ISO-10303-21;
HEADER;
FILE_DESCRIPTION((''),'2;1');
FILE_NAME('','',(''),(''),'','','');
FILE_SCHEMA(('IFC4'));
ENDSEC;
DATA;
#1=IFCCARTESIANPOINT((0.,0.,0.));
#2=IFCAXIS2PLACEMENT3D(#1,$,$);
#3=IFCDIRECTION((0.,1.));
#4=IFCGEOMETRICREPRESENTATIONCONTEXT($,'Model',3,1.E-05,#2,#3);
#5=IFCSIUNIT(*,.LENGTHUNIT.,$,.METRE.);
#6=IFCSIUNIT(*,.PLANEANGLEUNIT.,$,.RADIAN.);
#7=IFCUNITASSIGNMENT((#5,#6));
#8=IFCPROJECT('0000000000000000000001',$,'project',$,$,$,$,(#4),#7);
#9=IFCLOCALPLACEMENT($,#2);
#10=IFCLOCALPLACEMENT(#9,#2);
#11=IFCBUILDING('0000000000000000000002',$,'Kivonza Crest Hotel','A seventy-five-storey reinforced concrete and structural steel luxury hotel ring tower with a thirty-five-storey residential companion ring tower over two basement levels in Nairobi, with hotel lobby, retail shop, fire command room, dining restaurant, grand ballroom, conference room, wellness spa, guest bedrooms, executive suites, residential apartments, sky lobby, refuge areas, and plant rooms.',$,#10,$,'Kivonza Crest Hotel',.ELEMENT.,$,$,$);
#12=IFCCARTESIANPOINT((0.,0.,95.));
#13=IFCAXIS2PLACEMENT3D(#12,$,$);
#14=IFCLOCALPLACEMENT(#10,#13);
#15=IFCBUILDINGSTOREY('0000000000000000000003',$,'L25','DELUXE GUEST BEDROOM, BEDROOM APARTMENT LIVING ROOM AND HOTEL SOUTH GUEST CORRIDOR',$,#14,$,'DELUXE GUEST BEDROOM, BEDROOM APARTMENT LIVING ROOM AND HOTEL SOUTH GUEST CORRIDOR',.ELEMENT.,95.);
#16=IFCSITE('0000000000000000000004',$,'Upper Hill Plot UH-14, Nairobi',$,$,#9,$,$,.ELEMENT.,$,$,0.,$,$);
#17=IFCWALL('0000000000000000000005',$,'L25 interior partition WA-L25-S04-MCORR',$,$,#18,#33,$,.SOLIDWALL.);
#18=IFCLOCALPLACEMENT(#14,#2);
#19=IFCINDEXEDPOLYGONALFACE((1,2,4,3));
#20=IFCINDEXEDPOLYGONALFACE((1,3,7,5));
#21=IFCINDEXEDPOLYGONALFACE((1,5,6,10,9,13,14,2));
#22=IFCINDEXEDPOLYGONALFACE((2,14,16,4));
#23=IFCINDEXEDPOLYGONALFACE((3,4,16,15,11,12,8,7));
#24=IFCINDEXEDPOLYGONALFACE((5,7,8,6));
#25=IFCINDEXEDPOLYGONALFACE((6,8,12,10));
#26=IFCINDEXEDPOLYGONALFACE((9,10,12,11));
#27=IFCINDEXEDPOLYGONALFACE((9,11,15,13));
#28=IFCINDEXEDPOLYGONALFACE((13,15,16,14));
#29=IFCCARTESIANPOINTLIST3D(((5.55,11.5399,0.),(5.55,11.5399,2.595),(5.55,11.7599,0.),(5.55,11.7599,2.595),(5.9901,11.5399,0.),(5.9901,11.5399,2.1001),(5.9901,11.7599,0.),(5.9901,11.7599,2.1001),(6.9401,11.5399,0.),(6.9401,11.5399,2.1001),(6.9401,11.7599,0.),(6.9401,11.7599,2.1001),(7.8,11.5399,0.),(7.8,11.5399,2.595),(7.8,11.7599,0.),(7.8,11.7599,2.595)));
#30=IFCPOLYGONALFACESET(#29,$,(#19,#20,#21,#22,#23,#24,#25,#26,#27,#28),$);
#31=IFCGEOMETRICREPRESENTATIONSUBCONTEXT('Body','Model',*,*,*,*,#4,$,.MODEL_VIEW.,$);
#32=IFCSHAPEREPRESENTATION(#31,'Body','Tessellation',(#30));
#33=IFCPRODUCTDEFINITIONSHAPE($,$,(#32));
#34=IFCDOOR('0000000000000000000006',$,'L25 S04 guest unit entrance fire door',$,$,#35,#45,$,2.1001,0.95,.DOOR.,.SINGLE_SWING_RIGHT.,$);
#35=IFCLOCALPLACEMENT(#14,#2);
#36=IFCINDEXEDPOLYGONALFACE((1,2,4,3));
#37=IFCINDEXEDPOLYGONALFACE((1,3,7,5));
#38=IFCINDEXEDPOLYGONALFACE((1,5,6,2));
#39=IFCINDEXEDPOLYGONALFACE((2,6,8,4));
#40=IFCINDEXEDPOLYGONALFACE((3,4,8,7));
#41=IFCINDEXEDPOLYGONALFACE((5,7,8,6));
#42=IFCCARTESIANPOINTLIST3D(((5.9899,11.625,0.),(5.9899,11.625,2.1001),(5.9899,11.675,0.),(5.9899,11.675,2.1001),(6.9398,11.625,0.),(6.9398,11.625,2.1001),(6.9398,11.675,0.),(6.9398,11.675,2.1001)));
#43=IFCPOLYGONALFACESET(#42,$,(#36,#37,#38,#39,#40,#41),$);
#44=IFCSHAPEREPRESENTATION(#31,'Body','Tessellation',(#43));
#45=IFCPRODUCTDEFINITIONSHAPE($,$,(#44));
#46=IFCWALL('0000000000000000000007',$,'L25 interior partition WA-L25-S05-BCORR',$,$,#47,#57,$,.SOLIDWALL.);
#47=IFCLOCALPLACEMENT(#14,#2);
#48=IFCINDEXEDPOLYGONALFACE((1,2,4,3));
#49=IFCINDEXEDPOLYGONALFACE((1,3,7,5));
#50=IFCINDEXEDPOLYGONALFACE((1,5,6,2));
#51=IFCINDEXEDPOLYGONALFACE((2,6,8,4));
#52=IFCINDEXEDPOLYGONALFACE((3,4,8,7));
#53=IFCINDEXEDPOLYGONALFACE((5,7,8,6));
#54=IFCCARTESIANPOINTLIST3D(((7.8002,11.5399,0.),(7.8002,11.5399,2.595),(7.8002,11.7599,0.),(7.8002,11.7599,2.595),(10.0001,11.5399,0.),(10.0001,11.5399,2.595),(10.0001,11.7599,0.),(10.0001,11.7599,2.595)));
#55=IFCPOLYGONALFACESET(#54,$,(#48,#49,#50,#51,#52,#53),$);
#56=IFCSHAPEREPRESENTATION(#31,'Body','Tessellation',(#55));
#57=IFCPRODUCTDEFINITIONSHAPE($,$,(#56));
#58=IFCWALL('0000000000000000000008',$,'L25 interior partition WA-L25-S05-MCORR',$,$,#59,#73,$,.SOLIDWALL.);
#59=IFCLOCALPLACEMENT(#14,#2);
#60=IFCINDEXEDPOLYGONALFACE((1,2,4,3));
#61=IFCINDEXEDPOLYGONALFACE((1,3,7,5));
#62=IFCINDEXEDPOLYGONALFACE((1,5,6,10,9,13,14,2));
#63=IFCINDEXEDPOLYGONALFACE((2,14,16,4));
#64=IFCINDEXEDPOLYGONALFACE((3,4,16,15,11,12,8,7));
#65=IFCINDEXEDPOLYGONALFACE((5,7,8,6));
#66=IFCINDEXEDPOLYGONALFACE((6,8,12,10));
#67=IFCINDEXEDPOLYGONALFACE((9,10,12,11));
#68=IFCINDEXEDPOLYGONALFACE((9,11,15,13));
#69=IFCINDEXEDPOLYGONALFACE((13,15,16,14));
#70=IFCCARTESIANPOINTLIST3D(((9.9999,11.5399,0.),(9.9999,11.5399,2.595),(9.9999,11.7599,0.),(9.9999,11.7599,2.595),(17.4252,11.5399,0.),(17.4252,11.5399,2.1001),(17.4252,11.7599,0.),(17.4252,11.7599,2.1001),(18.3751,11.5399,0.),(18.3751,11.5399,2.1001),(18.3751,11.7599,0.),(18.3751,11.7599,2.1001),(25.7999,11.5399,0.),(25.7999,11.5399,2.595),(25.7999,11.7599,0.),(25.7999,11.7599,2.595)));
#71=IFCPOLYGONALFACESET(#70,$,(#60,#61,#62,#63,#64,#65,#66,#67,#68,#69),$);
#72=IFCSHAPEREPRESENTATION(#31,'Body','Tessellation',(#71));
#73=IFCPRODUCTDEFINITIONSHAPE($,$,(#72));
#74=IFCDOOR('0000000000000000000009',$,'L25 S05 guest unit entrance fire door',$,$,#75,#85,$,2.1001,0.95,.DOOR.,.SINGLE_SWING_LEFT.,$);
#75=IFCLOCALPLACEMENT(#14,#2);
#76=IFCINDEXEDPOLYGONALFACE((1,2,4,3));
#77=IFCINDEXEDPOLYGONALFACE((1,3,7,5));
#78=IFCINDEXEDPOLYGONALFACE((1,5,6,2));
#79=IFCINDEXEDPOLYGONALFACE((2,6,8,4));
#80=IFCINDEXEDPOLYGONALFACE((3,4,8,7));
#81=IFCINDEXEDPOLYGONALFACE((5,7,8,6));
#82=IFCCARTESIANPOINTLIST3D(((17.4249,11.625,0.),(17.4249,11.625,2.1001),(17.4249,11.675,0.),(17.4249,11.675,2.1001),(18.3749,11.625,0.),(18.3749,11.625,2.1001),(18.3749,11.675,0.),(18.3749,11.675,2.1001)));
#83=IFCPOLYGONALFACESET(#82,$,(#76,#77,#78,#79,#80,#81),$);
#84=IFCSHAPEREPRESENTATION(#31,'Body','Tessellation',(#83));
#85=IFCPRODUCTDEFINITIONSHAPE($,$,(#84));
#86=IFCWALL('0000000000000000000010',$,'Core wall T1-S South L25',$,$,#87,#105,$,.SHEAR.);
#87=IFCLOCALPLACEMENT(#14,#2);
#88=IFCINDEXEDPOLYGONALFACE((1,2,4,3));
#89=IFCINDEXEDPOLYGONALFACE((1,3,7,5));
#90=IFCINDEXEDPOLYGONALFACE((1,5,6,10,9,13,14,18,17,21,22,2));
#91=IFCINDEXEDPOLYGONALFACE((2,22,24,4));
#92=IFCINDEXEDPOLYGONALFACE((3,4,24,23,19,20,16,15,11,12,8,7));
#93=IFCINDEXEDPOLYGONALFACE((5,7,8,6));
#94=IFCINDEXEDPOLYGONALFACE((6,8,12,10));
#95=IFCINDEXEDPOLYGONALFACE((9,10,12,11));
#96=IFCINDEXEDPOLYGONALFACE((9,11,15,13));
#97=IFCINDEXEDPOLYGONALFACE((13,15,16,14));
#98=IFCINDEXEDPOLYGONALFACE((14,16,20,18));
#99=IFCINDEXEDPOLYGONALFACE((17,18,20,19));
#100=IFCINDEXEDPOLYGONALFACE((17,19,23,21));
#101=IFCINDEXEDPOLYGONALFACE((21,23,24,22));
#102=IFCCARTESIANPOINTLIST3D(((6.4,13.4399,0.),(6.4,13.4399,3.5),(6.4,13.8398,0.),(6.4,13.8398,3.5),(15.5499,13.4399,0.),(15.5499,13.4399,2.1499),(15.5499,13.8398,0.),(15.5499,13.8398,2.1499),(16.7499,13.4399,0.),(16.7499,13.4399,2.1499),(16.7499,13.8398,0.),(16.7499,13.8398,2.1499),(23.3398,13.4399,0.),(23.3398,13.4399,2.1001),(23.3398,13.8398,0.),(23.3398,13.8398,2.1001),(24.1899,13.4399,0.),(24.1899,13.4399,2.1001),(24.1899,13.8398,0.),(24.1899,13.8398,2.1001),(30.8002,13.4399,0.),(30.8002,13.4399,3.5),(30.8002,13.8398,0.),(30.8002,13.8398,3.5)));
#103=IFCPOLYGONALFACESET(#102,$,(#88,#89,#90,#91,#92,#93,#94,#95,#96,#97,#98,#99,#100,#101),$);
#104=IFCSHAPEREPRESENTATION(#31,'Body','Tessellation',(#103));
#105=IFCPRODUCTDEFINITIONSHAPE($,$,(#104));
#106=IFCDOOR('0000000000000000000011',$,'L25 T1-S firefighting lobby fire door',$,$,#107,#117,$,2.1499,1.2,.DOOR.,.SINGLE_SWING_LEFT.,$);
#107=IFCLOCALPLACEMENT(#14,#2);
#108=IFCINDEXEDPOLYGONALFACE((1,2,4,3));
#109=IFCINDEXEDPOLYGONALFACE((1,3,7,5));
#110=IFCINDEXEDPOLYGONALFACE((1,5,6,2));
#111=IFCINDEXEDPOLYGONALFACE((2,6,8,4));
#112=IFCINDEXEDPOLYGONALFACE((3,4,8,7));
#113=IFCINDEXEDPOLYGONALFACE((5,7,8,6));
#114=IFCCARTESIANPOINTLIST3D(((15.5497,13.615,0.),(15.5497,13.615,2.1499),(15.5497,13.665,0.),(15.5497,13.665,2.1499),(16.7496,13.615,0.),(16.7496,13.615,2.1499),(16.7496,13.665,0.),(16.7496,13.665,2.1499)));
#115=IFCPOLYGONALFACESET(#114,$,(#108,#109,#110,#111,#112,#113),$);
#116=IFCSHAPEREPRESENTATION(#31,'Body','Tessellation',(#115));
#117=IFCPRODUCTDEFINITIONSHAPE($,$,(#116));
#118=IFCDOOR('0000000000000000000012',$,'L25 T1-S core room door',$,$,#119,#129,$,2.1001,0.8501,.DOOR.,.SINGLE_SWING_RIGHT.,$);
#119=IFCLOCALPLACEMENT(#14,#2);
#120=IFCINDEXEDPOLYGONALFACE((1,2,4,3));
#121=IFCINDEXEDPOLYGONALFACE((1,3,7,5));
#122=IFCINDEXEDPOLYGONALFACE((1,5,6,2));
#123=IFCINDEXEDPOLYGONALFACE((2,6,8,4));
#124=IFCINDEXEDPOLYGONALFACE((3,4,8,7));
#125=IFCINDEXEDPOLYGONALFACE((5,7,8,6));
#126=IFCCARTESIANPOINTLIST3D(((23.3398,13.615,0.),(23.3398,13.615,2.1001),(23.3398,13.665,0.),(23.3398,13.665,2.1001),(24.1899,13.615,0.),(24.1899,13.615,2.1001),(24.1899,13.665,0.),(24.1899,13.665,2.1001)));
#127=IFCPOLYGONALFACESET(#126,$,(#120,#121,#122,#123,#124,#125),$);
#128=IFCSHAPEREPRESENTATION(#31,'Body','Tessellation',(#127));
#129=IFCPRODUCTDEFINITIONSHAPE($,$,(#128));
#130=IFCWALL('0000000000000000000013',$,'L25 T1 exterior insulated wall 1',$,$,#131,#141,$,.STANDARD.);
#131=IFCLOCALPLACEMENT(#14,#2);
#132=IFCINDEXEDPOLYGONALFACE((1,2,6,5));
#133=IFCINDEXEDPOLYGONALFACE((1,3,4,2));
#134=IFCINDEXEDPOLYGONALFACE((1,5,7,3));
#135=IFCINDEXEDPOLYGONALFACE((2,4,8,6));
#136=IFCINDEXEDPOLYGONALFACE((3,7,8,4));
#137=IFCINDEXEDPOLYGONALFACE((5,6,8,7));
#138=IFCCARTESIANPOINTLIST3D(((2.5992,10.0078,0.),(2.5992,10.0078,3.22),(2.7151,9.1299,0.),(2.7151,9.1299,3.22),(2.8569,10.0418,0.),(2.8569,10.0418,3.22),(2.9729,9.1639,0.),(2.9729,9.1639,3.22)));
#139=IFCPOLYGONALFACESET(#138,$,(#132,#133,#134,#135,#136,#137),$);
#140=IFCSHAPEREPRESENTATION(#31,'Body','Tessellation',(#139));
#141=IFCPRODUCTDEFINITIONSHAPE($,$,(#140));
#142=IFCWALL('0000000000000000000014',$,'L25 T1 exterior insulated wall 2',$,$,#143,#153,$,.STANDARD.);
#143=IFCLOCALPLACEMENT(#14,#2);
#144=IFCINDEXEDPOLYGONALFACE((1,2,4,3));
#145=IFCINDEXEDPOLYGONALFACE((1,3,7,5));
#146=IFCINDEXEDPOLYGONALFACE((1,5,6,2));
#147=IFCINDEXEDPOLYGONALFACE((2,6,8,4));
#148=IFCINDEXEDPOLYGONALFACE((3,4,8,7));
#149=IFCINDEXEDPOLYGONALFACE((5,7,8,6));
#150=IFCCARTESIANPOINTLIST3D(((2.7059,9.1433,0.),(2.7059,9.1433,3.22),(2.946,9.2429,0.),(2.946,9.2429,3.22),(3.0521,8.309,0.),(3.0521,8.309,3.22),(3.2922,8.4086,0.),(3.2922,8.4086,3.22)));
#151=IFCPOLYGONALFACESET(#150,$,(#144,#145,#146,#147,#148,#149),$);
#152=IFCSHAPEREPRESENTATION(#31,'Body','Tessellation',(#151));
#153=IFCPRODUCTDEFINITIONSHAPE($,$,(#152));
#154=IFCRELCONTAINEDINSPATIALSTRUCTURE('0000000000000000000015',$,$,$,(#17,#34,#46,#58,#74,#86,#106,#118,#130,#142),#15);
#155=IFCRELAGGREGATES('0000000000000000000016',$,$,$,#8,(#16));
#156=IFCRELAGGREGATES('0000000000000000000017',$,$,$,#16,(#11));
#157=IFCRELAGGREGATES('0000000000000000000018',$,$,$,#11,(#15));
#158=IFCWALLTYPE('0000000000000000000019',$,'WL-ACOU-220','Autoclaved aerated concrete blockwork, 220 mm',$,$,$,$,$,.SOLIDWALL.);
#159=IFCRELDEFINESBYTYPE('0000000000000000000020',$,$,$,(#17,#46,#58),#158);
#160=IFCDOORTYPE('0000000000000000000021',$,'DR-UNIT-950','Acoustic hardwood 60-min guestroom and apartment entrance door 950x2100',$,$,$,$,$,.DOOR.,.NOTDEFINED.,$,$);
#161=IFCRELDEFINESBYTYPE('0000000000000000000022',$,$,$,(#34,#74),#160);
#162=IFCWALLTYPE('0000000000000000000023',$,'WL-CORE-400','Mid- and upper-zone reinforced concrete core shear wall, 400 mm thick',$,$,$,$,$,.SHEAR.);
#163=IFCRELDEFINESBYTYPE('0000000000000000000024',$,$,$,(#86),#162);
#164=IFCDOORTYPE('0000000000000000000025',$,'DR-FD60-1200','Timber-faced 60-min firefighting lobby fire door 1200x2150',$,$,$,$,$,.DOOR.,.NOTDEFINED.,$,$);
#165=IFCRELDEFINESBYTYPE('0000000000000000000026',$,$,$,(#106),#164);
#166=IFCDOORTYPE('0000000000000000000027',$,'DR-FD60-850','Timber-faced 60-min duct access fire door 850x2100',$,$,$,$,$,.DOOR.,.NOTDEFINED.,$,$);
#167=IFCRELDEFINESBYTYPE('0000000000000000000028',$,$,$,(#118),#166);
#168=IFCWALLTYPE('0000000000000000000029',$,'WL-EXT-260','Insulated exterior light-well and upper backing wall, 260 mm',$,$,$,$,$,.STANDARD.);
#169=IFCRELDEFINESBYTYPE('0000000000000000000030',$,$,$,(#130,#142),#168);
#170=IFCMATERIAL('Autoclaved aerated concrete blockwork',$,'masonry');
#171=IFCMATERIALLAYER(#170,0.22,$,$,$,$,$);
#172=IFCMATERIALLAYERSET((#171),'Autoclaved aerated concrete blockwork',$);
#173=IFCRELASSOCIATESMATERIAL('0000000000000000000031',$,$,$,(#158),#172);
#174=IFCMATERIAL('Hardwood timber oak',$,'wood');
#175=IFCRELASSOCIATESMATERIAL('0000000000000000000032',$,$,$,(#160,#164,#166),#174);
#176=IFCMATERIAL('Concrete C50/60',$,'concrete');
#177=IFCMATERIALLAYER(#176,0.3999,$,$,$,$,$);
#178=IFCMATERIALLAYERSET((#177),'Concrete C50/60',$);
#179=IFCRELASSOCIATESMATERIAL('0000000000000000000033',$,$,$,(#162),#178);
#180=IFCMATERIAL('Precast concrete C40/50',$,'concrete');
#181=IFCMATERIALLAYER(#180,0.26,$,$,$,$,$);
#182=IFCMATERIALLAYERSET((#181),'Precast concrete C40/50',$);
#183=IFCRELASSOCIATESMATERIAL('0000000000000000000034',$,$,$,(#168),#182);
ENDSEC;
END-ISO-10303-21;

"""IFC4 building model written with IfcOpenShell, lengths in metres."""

from ifc_helpers import new_model, si_unit, direction, frame, frame_2d, origin, place, context, subcontext, project, spatial, rectangle, extrude, material, layer, layer_set, type_object, element, fill, save


model = new_model("IFC4")

# Units and contexts
model_context = context("Model", 3, precision=1e-05, world=origin(), true_north=direction((0.0, 1.0)))
body_context = subcontext(model_context, "Body", "Model", "MODEL_VIEW")
ifc_project = project(units=[si_unit("LENGTHUNIT", "METRE"), si_unit("PLANEANGLEUNIT", "RADIAN")], contexts=[model_context])

# Site, building, storey
site_placement = place(None, origin())
site = spatial("IfcSite", under=ifc_project, at=site_placement, Name="Upper Hill Plot UH-14, Nairobi", CompositionType="ELEMENT", RefElevation=0.0)
building_placement = place(site_placement, origin())
building = spatial("IfcBuilding", under=site, at=building_placement, Name="Kivonza Crest Hotel", Description="A seventy-five-storey reinforced concrete and structural steel luxury hotel ring tower with a thirty-five-storey residential companion ring tower over two basement levels in Nairobi, with hotel lobby, retail shop, fire command room, dining restaurant, grand ballroom, conference room, wellness spa, guest bedrooms, executive suites, residential apartments, sky lobby, refuge areas, and plant rooms.", LongName="Kivonza Crest Hotel", CompositionType="ELEMENT")
storey_placement = place(building_placement, frame((0.0, 0.0, 95.0)))
storey = spatial("IfcBuildingStorey", under=building, at=storey_placement, Name="L25", Description="DELUXE GUEST BEDROOM, BEDROOM APARTMENT LIVING ROOM AND HOTEL SOUTH GUEST CORRIDOR", LongName="DELUXE GUEST BEDROOM, BEDROOM APARTMENT LIVING ROOM AND HOTEL SOUTH GUEST CORRIDOR", CompositionType="ELEMENT", Elevation=95.0)

# Shared definitions
ifc_material_1 = material(Name="Autoclaved aerated concrete blockwork", Category="masonry")
ifc_layer_1 = layer(ifc_material_1, 0.22)
ifc_layer_set_1 = layer_set([ifc_layer_1], Name="Autoclaved aerated concrete blockwork")
wall_type_1 = type_object("IfcWallType", Name="WL-ACOU-220", Description="Autoclaved aerated concrete blockwork, 220 mm", PredefinedType="SOLIDWALL", material=ifc_layer_set_1)

# Wall, opening, door
wall_1_placement = place(storey_placement, frame((5.55, 11.6499, 0.0), z_axis=(0.0, 0.0, 1.0), x_axis=(1.0, 0.0, 0.0)))
wall_1 = element("IfcWall", 1, at=wall_1_placement, inside=storey, type_object=wall_type_1, Name="L25 interior partition WA-L25-S04-MCORR", PredefinedType="SOLIDWALL", context=body_context, shape_type="SweptSolid", body=[
    extrude(rectangle(XDim=2.25, YDim=0.22, at=frame_2d((1.125, 0.0))), origin(), (0.0, 0.0, 1.0), 2.595),
])
opening_1_placement = place(wall_1_placement, frame((0.4399, 0.0, 0.0)))
opening_1 = element("IfcOpeningElement", 2, at=opening_1_placement, cuts=wall_1, PredefinedType="OPENING", context=body_context, shape_type="SweptSolid", body=[
    extrude(rectangle(XDim=0.95, YDim=2.1001, at=frame_2d((0.4751, 1.05))), frame((0.0, 0.1201, 0.0), z_axis=(0.0, -1.0, 0.0), x_axis=(1.0, 0.0, 0.0)), (0.0, 0.0, 1.0), 0.24),
])
ifc_material_2 = material(Name="Hardwood timber oak", Category="wood")
door_type_1 = type_object("IfcDoorType", Name="DR-UNIT-950", Description="Acoustic hardwood 60-min guestroom and apartment entrance door 950x2100", OperationType="NOTDEFINED", PredefinedType="DOOR", material=ifc_material_2)
door_1_placement = place(opening_1_placement, frame((0.95, 0.0, 0.0), z_axis=(0.0, 0.0, 1.0), x_axis=(-1.0, 0.0, 0.0)))
door_1 = element("IfcDoor", 3, at=door_1_placement, inside=storey, type_object=door_type_1, Name="L25 S04 guest unit entrance fire door", OperationType="SINGLE_SWING_RIGHT", OverallHeight=2.1001, OverallWidth=0.95, PredefinedType="DOOR", context=body_context, shape_type="SweptSolid", body=[
    extrude(rectangle(XDim=0.95, YDim=2.1001, at=frame_2d((0.4751, 1.05))), frame((0.0, 0.0249, 0.0), z_axis=(0.0, -1.0, 0.0), x_axis=(1.0, 0.0, 0.0)), (0.0, 0.0, 1.0), 0.05),
])
fill(opening_1, door_1)

# Wall
wall_2_placement = place(storey_placement, frame((7.8, 11.6499, 0.0), z_axis=(0.0, 0.0, 1.0), x_axis=(1.0, 0.0, 0.0)))
element("IfcWall", 4, at=wall_2_placement, inside=storey, type_object=wall_type_1, Name="L25 interior partition WA-L25-S05-BCORR", PredefinedType="SOLIDWALL", context=body_context, shape_type="SweptSolid", body=[
    extrude(rectangle(XDim=2.2, YDim=0.22, at=frame_2d((1.1001, 0.0))), origin(), (0.0, 0.0, 1.0), 2.595),
])

# Wall, opening, door
wall_3_placement = place(storey_placement, frame((10.0, 11.6499, 0.0), z_axis=(0.0, 0.0, 1.0), x_axis=(1.0, 0.0, 0.0)))
wall_3 = element("IfcWall", 5, at=wall_3_placement, inside=storey, type_object=wall_type_1, Name="L25 interior partition WA-L25-S05-MCORR", PredefinedType="SOLIDWALL", context=body_context, shape_type="SweptSolid", body=[
    extrude(rectangle(XDim=15.8, YDim=0.22, at=frame_2d((7.8999, 0.0))), origin(), (0.0, 0.0, 1.0), 2.595),
])
opening_2_placement = place(wall_3_placement, frame((7.425, 0.0, 0.0)))
opening_2 = element("IfcOpeningElement", 6, at=opening_2_placement, cuts=wall_3, PredefinedType="OPENING", context=body_context, shape_type="SweptSolid", body=[
    extrude(rectangle(XDim=0.95, YDim=2.1001, at=frame_2d((0.4751, 1.05))), frame((0.0, 0.1201, 0.0), z_axis=(0.0, -1.0, 0.0), x_axis=(1.0, 0.0, 0.0)), (0.0, 0.0, 1.0), 0.24),
])
door_2_placement = place(opening_2_placement, frame((0.95, 0.0, 0.0), z_axis=(0.0, 0.0, 1.0), x_axis=(-1.0, 0.0, 0.0)))
door_2 = element("IfcDoor", 7, at=door_2_placement, inside=storey, type_object=door_type_1, Name="L25 S05 guest unit entrance fire door", OperationType="SINGLE_SWING_LEFT", OverallHeight=2.1001, OverallWidth=0.95, PredefinedType="DOOR", context=body_context, shape_type="SweptSolid", body=[
    extrude(rectangle(XDim=0.95, YDim=2.1001, at=frame_2d((0.4751, 1.05))), frame((0.0, 0.0249, 0.0), z_axis=(0.0, -1.0, 0.0), x_axis=(1.0, 0.0, 0.0)), (0.0, 0.0, 1.0), 0.05),
])
fill(opening_2, door_2)

# Wall, openings, doors
ifc_material_3 = material(Name="Concrete C50/60", Category="concrete")
ifc_layer_2 = layer(ifc_material_3, 0.3999)
ifc_layer_set_2 = layer_set([ifc_layer_2], Name="Concrete C50/60")
wall_type_2 = type_object("IfcWallType", Name="WL-CORE-400", Description="Mid- and upper-zone reinforced concrete core shear wall, 400 mm thick", PredefinedType="SHEAR", material=ifc_layer_set_2)
wall_4_placement = place(storey_placement, frame((6.3999, 13.6399, 0.0), z_axis=(0.0, 0.0, 1.0), x_axis=(1.0, 0.0, 0.0)))
wall_4 = element("IfcWall", 8, at=wall_4_placement, inside=storey, type_object=wall_type_2, Name="Core wall T1-S South L25", PredefinedType="SHEAR", context=body_context, shape_type="SweptSolid", body=[
    extrude(rectangle(XDim=24.4001, YDim=0.3999, at=frame_2d((12.2002, 0.0))), origin(), (0.0, 0.0, 1.0), 3.5),
])
opening_3_placement = place(wall_4_placement, frame((9.1499, 0.0, 0.0)))
opening_3 = element("IfcOpeningElement", 9, at=opening_3_placement, cuts=wall_4, PredefinedType="OPENING", context=body_context, shape_type="SweptSolid", body=[
    extrude(rectangle(XDim=1.2, YDim=2.1499, at=frame_2d((0.6001, 1.075))), frame((0.0, 0.21, 0.0), z_axis=(0.0, -1.0, 0.0), x_axis=(1.0, 0.0, 0.0)), (0.0, 0.0, 1.0), 0.4199),
])
opening_4_placement = place(wall_4_placement, frame((16.9399, 0.0, 0.0)))
opening_4 = element("IfcOpeningElement", 10, at=opening_4_placement, cuts=wall_4, PredefinedType="OPENING", context=body_context, shape_type="SweptSolid", body=[
    extrude(rectangle(XDim=0.8501, YDim=2.1001, at=frame_2d((0.425, 1.05))), frame((0.0, 0.21, 0.0), z_axis=(0.0, -1.0, 0.0), x_axis=(1.0, 0.0, 0.0)), (0.0, 0.0, 1.0), 0.4199),
])
door_type_2 = type_object("IfcDoorType", Name="DR-FD60-1200", Description="Timber-faced 60-min firefighting lobby fire door 1200x2150", OperationType="NOTDEFINED", PredefinedType="DOOR", material=ifc_material_2)
door_3_placement = place(opening_3_placement, frame((1.2, 0.0, 0.0), z_axis=(0.0, 0.0, 1.0), x_axis=(-1.0, 0.0, 0.0)))
door_3 = element("IfcDoor", 11, at=door_3_placement, inside=storey, type_object=door_type_2, Name="L25 T1-S firefighting lobby fire door", OperationType="SINGLE_SWING_LEFT", OverallHeight=2.1499, OverallWidth=1.2, PredefinedType="DOOR", context=body_context, shape_type="SweptSolid", body=[
    extrude(rectangle(XDim=1.2, YDim=2.1499, at=frame_2d((0.6001, 1.075))), frame((0.0, 0.0249, 0.0), z_axis=(0.0, -1.0, 0.0), x_axis=(1.0, 0.0, 0.0)), (0.0, 0.0, 1.0), 0.05),
])
fill(opening_3, door_3)
door_type_3 = type_object("IfcDoorType", Name="DR-FD60-850", Description="Timber-faced 60-min duct access fire door 850x2100", OperationType="NOTDEFINED", PredefinedType="DOOR", material=ifc_material_2)
door_4_placement = place(opening_4_placement, frame((0.8501, 0.0, 0.0), z_axis=(0.0, 0.0, 1.0), x_axis=(-1.0, 0.0, 0.0)))
door_4 = element("IfcDoor", 12, at=door_4_placement, inside=storey, type_object=door_type_3, Name="L25 T1-S core room door", OperationType="SINGLE_SWING_RIGHT", OverallHeight=2.1001, OverallWidth=0.8501, PredefinedType="DOOR", context=body_context, shape_type="SweptSolid", body=[
    extrude(rectangle(XDim=0.8501, YDim=2.1001, at=frame_2d((0.425, 1.05))), frame((0.0, 0.0249, 0.0), z_axis=(0.0, -1.0, 0.0), x_axis=(1.0, 0.0, 0.0)), (0.0, 0.0, 1.0), 0.05),
])
fill(opening_4, door_4)

# Walls
ifc_material_4 = material(Name="Precast concrete C40/50", Category="concrete")
ifc_layer_3 = layer(ifc_material_4, 0.26)
ifc_layer_set_3 = layer_set([ifc_layer_3], Name="Precast concrete C40/50")
wall_type_3 = type_object("IfcWallType", Name="WL-EXT-260", Description="Insulated exterior light-well and upper backing wall, 260 mm", PredefinedType="STANDARD", material=ifc_layer_set_3)
wall_5_placement = place(storey_placement, frame((2.728, 10.0249, 0.0), z_axis=(0.0, 0.0, 1.0), x_axis=(0.130954, -0.991388, 0.0)))
element("IfcWall", 13, at=wall_5_placement, inside=storey, type_object=wall_type_3, Name="L25 T1 exterior insulated wall 1", PredefinedType="STANDARD", context=body_context, shape_type="SweptSolid", body=[
    extrude(rectangle(XDim=0.8855, YDim=0.26, at=frame_2d((0.4429, 0.0))), origin(), (0.0, 0.0, 1.0), 3.22),
])
wall_6_placement = place(storey_placement, frame((2.8259, 9.1931, 0.0), z_axis=(0.0, 0.0, 1.0), x_axis=(0.383291, -0.923628, 0.0)))
element("IfcWall", 14, at=wall_6_placement, inside=storey, type_object=wall_type_3, Name="L25 T1 exterior insulated wall 2", PredefinedType="STANDARD", context=body_context, shape_type="SweptSolid", body=[
    extrude(rectangle(XDim=0.9033, YDim=0.26, at=frame_2d((0.4517, 0.0))), origin(), (0.0, 0.0, 1.0), 3.22),
])

save(model, "model.ifc")
